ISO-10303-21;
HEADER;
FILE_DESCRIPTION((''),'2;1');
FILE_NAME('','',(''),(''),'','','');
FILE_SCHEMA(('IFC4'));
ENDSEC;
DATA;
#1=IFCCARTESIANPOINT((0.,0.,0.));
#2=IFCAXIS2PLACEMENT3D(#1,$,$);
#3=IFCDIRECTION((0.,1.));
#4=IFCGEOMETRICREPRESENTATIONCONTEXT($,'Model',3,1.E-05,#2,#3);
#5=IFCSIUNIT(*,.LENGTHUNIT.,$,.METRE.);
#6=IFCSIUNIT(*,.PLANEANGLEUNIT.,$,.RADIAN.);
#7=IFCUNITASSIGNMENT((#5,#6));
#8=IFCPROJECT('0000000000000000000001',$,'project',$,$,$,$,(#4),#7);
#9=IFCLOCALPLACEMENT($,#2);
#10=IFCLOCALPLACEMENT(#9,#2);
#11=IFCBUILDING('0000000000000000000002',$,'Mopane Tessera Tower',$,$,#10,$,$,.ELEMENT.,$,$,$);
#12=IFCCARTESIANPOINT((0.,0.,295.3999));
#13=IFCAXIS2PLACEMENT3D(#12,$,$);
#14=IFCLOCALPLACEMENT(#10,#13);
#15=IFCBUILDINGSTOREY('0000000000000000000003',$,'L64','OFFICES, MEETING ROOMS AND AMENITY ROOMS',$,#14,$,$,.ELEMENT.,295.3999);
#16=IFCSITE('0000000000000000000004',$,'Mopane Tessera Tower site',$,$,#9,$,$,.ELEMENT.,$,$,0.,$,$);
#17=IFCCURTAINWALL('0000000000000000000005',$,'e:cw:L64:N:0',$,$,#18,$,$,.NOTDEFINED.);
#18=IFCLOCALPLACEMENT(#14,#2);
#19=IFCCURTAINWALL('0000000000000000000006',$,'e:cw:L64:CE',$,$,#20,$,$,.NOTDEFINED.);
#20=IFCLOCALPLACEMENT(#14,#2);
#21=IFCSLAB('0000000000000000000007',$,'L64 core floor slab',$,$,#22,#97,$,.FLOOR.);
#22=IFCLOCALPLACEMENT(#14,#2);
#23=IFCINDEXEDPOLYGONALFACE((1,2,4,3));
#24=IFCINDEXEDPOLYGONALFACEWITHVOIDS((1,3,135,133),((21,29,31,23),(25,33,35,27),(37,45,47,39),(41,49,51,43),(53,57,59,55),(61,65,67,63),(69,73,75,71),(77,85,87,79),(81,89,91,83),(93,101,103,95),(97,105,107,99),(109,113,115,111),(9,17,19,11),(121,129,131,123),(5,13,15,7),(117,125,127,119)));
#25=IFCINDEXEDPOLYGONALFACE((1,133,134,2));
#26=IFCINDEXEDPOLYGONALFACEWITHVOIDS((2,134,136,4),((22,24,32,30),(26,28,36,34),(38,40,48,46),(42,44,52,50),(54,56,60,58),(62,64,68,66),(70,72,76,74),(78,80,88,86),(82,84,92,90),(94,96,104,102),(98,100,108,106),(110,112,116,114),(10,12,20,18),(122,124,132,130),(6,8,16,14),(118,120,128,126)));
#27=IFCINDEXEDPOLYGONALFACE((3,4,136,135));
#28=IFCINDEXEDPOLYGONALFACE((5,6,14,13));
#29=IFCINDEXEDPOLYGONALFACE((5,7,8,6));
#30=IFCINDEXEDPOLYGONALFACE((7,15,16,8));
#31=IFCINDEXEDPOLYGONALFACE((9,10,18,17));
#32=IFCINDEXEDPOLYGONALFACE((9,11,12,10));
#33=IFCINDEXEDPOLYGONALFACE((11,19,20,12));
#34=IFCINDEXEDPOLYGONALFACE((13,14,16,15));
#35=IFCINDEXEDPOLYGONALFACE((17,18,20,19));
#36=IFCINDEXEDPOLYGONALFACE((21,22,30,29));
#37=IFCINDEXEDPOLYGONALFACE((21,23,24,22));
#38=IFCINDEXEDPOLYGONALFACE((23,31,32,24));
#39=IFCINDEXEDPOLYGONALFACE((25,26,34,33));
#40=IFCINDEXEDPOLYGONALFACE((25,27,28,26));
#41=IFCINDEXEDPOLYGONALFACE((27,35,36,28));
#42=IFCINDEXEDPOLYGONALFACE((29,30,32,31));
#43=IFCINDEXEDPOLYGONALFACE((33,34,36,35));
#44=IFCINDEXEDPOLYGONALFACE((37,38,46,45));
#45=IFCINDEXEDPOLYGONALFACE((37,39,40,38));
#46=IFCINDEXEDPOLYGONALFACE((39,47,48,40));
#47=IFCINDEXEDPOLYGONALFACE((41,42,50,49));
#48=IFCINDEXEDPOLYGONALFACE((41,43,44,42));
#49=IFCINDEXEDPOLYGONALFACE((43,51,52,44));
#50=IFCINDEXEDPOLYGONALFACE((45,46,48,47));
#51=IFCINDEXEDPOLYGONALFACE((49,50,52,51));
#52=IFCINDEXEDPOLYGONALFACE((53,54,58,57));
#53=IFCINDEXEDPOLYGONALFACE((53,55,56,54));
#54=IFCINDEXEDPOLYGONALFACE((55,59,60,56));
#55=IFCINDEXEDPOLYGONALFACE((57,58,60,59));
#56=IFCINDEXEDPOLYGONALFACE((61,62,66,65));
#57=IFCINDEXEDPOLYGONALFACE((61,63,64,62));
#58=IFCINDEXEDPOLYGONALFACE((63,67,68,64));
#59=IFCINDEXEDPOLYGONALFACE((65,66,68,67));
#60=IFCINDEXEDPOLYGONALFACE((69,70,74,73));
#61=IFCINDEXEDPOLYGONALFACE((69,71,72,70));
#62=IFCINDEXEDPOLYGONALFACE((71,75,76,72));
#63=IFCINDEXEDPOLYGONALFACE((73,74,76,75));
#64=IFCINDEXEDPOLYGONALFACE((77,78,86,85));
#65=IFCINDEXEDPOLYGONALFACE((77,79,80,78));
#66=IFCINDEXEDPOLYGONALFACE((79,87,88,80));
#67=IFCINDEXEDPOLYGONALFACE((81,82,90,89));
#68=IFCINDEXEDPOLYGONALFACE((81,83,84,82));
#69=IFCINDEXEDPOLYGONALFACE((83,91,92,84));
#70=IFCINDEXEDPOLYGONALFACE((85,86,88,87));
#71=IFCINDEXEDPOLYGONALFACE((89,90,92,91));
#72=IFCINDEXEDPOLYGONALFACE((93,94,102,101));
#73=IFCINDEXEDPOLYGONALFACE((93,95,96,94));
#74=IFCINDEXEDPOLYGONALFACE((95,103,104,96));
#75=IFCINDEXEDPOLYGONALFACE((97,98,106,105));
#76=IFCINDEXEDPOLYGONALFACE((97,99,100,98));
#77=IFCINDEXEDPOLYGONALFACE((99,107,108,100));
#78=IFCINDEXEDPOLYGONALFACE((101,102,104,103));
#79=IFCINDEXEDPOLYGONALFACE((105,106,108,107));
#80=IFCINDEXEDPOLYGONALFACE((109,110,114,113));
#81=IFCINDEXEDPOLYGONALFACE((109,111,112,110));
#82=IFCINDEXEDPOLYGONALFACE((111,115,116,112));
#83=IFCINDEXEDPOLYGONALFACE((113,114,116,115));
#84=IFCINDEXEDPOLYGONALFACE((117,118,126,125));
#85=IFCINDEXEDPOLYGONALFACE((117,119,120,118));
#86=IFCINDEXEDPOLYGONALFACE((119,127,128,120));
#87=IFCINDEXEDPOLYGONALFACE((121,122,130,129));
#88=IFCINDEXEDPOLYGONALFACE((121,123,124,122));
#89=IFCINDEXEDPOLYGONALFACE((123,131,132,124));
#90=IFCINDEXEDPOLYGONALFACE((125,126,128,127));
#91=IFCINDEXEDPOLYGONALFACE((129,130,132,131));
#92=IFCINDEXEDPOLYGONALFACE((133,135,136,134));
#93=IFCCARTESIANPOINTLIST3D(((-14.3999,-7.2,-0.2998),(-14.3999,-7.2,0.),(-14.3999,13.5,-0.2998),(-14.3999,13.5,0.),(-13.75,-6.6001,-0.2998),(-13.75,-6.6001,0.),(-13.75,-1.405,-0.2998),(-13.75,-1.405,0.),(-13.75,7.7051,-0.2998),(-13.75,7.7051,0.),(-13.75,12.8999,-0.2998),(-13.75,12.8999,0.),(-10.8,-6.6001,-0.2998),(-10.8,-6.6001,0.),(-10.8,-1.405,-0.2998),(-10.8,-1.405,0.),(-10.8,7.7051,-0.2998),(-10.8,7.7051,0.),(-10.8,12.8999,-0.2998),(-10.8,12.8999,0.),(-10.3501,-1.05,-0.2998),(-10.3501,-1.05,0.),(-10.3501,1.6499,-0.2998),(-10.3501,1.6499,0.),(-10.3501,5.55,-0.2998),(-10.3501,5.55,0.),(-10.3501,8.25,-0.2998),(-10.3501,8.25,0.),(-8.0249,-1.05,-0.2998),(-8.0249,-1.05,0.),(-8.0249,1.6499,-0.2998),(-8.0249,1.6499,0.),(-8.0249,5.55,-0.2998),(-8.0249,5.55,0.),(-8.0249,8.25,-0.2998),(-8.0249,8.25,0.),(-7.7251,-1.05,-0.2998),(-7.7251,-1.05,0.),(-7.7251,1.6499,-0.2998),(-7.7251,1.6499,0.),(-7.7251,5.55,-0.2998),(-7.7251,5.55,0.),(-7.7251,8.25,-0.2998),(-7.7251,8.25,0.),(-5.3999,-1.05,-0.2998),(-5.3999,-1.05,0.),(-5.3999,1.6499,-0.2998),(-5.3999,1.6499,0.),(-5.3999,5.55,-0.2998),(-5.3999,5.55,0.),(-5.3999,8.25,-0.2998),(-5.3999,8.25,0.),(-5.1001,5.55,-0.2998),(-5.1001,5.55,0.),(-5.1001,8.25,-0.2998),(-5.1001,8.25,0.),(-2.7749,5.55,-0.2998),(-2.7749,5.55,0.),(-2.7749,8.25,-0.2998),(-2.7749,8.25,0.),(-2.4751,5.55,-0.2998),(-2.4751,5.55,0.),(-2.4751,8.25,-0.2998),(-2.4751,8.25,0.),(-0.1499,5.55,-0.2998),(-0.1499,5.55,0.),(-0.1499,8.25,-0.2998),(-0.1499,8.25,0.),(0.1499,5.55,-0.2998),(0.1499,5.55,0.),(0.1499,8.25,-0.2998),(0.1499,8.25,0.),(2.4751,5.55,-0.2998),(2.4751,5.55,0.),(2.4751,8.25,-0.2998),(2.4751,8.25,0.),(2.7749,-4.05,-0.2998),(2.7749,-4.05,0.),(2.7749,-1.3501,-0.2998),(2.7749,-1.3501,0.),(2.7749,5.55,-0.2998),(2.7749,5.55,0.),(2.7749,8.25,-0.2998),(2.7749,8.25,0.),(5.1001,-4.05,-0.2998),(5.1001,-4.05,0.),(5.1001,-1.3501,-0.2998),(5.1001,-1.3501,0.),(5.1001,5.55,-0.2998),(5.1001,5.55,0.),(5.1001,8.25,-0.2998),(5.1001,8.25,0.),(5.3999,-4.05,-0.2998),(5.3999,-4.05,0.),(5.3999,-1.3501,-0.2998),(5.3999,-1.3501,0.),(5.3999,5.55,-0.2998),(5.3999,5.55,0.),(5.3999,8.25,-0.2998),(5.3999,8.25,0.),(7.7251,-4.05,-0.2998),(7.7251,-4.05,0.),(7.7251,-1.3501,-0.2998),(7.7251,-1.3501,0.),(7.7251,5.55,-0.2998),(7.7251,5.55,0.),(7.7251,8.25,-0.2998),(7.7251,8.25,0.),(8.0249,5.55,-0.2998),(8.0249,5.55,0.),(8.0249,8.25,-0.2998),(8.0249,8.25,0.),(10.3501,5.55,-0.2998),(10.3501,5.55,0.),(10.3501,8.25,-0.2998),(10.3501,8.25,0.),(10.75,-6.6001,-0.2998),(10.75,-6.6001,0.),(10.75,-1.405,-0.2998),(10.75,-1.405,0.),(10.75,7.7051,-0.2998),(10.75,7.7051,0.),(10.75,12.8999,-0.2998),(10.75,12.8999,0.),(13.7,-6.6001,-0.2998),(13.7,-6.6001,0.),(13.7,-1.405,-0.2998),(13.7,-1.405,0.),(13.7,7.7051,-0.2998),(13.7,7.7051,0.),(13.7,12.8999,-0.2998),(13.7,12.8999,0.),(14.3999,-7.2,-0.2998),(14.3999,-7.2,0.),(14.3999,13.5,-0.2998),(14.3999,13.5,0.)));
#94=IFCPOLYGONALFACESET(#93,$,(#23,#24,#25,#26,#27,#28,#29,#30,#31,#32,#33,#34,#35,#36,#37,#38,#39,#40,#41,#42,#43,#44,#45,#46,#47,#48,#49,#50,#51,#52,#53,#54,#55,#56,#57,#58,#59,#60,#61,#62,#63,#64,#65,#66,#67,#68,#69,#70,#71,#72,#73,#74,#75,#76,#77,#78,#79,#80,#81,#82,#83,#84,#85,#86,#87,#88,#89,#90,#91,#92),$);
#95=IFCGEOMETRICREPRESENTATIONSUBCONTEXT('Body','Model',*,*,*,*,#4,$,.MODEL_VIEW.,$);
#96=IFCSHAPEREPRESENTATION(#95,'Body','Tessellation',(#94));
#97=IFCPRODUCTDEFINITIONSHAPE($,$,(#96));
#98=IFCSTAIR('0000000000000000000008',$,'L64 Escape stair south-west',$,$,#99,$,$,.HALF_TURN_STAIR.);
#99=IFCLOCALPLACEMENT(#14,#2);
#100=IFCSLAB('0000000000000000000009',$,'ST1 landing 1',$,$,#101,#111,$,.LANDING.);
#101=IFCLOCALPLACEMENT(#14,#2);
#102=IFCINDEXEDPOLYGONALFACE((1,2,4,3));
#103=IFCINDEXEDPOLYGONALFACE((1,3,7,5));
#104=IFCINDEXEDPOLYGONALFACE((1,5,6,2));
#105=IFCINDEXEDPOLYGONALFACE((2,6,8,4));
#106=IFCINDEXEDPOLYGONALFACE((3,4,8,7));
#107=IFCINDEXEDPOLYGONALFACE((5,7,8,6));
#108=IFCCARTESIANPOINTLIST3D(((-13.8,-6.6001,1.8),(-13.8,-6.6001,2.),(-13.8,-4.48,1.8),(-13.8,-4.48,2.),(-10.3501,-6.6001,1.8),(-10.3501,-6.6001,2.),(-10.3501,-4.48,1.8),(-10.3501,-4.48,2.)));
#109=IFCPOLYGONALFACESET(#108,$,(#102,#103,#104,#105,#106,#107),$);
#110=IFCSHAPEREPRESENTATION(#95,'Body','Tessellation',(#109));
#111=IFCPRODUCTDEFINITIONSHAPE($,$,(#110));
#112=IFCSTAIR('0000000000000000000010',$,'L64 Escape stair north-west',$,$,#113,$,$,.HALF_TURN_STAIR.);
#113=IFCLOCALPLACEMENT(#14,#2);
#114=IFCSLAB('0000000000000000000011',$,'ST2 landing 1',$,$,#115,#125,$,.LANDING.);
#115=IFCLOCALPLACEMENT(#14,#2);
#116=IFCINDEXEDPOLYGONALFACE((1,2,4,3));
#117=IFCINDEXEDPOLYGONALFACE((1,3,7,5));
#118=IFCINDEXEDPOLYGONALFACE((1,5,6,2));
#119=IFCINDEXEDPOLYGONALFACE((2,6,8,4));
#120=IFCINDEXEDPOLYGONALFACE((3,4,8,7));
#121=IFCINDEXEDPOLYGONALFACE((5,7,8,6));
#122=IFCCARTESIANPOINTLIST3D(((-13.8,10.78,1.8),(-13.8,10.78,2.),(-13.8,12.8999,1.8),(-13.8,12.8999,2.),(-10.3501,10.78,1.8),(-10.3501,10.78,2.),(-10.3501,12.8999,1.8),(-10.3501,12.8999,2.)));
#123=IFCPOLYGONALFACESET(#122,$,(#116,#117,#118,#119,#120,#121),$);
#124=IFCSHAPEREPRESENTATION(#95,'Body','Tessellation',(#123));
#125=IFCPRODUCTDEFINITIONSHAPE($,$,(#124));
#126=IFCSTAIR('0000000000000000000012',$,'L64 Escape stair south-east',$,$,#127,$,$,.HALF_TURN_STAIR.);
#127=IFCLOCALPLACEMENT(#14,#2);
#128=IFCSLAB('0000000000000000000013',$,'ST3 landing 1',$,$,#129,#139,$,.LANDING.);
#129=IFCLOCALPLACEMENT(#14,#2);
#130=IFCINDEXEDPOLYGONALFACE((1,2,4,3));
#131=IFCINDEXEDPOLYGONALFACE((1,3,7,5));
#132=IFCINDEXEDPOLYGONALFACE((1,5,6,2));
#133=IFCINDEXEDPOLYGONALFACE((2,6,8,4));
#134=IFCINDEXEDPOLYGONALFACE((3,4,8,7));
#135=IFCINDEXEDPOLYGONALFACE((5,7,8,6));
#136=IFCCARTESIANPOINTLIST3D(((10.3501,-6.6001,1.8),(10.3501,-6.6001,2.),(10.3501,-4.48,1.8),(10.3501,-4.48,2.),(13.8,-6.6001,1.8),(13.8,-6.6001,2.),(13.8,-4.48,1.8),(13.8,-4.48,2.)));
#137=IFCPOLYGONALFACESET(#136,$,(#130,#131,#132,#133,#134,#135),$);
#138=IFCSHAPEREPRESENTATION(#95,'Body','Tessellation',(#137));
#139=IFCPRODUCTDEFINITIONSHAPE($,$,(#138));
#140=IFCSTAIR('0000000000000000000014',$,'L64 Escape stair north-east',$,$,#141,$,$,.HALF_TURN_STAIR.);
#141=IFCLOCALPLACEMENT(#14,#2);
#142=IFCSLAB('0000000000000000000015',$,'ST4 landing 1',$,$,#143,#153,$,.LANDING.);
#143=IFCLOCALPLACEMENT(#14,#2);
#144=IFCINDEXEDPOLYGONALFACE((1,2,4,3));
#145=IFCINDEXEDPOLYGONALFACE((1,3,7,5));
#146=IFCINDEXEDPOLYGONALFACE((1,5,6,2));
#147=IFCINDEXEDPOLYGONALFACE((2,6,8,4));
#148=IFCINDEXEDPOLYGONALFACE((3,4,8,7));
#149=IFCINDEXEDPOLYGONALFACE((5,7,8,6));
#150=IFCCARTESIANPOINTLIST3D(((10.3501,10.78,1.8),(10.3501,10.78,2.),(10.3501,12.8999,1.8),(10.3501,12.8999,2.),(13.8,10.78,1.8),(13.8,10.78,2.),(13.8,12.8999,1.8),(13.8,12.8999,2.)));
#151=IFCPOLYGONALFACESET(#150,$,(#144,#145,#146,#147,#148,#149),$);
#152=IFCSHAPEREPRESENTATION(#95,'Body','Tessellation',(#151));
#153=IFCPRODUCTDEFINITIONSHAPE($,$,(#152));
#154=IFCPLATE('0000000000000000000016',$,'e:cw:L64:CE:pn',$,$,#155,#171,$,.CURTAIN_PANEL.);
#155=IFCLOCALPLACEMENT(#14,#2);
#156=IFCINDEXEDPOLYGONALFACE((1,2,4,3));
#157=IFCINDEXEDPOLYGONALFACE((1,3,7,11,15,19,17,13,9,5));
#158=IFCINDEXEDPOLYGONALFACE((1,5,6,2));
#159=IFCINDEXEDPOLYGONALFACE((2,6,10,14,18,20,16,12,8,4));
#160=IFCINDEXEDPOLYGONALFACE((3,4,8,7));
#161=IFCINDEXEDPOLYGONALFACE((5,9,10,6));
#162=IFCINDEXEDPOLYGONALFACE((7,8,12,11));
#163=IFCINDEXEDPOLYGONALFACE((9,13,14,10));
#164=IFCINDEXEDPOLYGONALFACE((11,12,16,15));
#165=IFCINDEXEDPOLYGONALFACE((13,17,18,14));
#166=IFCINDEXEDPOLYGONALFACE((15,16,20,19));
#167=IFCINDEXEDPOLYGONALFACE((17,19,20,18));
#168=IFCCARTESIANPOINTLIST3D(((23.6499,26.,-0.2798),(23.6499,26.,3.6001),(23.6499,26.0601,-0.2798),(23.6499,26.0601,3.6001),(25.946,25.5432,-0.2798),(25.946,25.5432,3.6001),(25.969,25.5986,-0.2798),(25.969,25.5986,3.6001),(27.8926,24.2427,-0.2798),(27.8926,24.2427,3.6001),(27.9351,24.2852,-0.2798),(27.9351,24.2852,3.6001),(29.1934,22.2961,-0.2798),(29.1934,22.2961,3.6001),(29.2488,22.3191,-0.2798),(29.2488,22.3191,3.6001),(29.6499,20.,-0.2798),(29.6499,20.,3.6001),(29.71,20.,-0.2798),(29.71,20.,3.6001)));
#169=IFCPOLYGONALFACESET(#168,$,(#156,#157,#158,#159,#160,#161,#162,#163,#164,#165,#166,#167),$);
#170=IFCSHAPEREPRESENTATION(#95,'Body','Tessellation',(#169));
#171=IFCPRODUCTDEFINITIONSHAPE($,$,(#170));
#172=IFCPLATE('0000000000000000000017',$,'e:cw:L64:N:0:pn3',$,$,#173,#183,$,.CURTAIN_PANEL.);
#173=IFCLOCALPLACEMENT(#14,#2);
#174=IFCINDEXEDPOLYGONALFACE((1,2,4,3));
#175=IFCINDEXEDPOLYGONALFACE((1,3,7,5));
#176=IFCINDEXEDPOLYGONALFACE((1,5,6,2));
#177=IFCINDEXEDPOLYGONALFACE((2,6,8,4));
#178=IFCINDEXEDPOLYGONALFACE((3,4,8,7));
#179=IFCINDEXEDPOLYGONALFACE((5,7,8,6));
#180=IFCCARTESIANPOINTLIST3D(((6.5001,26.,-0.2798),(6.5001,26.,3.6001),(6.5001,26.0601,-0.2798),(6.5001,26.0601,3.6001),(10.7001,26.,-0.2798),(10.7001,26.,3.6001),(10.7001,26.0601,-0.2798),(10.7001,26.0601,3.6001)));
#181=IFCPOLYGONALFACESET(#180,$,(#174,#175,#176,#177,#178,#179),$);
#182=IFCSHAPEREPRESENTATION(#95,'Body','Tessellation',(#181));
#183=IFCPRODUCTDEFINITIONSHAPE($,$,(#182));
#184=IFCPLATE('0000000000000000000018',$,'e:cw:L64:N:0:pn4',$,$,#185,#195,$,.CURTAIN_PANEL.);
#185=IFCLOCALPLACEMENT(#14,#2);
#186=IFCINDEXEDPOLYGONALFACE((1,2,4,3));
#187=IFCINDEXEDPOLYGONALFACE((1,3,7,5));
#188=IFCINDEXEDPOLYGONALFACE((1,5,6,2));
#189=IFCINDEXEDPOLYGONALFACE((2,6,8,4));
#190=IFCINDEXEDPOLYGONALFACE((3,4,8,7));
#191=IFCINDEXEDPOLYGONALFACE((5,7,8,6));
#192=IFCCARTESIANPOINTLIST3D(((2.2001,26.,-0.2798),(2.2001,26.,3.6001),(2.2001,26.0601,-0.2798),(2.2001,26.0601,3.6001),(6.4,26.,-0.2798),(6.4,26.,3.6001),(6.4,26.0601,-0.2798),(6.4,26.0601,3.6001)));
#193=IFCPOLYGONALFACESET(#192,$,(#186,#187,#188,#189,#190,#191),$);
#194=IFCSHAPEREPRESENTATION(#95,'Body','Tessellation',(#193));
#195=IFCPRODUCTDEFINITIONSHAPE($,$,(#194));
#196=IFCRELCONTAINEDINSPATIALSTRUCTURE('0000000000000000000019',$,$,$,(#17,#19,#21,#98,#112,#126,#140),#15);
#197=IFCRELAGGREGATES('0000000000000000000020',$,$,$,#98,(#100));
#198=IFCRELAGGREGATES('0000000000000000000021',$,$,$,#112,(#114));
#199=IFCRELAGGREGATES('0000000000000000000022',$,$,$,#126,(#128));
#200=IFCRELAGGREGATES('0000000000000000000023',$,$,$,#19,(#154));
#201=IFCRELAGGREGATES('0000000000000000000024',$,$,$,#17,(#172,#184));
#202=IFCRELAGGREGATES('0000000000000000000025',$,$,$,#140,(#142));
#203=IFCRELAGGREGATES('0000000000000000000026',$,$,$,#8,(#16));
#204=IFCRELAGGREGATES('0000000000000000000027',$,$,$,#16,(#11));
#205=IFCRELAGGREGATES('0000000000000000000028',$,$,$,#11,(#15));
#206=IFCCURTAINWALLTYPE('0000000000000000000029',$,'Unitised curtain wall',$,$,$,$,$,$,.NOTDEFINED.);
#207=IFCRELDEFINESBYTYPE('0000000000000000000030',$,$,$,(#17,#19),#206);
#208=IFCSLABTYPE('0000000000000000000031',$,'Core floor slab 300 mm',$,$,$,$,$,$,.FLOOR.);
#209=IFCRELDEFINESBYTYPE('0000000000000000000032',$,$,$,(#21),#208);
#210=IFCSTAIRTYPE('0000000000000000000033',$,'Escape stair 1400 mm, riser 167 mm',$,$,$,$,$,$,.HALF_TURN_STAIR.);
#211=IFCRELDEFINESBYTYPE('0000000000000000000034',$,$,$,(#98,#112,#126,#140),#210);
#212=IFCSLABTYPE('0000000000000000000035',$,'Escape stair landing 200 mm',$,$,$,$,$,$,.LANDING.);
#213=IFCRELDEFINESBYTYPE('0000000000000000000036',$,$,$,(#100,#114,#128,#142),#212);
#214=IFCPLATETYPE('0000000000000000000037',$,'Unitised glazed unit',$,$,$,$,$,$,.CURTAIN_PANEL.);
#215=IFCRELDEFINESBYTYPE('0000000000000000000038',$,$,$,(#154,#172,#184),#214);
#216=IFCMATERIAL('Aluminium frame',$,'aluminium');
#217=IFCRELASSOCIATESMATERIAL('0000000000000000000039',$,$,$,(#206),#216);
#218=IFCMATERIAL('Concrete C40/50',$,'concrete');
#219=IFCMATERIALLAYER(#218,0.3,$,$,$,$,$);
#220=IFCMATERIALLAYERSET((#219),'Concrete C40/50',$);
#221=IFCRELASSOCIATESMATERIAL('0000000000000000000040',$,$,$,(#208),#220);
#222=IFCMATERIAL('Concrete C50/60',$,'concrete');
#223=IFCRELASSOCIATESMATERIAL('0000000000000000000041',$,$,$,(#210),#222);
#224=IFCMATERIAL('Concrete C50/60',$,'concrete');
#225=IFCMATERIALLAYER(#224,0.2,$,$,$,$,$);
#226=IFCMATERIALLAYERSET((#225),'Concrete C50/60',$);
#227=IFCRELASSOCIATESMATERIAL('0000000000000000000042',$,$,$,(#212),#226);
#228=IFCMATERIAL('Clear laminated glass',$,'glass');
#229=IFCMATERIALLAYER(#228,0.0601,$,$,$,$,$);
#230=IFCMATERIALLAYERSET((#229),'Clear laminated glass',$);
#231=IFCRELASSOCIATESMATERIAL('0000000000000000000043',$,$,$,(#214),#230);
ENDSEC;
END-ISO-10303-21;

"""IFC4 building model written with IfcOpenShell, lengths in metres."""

from ifc_helpers import new_model, si_unit, direction, frame, origin, origin_2d, place, context, subcontext, project, spatial, polyline, rectangle, outline, extrude, material, layer, layer_set, type_object, element, aggregate, save


model = new_model("IFC4")

# Units and contexts
model_context = context("Model", 3, precision=1e-05, world=origin(), true_north=direction((0.0, 1.0)))
body_context = subcontext(model_context, "Body", "Model", "MODEL_VIEW")
ifc_project = project(units=[si_unit("LENGTHUNIT", "METRE"), si_unit("PLANEANGLEUNIT", "RADIAN")], contexts=[model_context])

# Site, building, storey
site_placement = place(None, origin())
site = spatial("IfcSite", under=ifc_project, at=site_placement, Name="Mopane Tessera Tower site", CompositionType="ELEMENT", RefElevation=0.0)
building_placement = place(site_placement, origin())
building = spatial("IfcBuilding", under=site, at=building_placement, Name="Mopane Tessera Tower", CompositionType="ELEMENT")
storey_placement = place(building_placement, frame((0.0, 0.0, 295.3999)))
storey = spatial("IfcBuildingStorey", under=building, at=storey_placement, Name="L64", Description="OFFICES, MEETING ROOMS AND AMENITY ROOMS", CompositionType="ELEMENT", Elevation=295.3999)

# Curtain wall
ifc_material_1 = material(Name="Aluminium frame", Category="aluminium")
curtain_wall_type = type_object("IfcCurtainWallType", Name="Unitised curtain wall", PredefinedType="NOTDEFINED", material=ifc_material_1)
curtain_wall_1_placement = place(storey_placement, origin())
curtain_wall_1 = element("IfcCurtainWall", 1, at=curtain_wall_1_placement, inside=storey, type_object=curtain_wall_type, Name="e:cw:L64:N:0", PredefinedType="NOTDEFINED")

# Curtain wall
curtain_wall_2_placement = place(storey_placement, origin())
curtain_wall_2 = element("IfcCurtainWall", 2, at=curtain_wall_2_placement, inside=storey, type_object=curtain_wall_type, Name="e:cw:L64:CE", PredefinedType="NOTDEFINED")

# Slab
ifc_material_2 = material(Name="Concrete C40/50", Category="concrete")
ifc_layer_1 = layer(ifc_material_2, 0.3)
ifc_layer_set_1 = layer_set([ifc_layer_1], Name="Concrete C40/50")
slab_type_1 = type_object("IfcSlabType", Name="Core floor slab 300 mm", PredefinedType="FLOOR", material=ifc_layer_set_1)
slab_1_placement = place(storey_placement, frame((0.0, 0.0, -0.2998)))
element("IfcSlab", 3, at=slab_1_placement, inside=storey, type_object=slab_type_1, Name="L64 core floor slab", PredefinedType="FLOOR", context=body_context, shape_type="SweptSolid", body=[
    extrude(outline(polyline([(-14.3999, -7.2), (14.3999, -7.2), (14.3999, 13.5), (-14.3999, 13.5), (-14.3999, -7.2)]), holes=[polyline([(-10.3501, -1.05), (-8.0249, -1.05), (-8.0249, 1.6499), (-10.3501, 1.6499), (-10.3501, -1.05)]), polyline([(-7.7251, -1.05), (-5.3999, -1.05), (-5.3999, 1.6499), (-7.7251, 1.6499), (-7.7251, -1.05)]), polyline([(-10.3501, 5.55), (-8.0249, 5.55), (-8.0249, 8.25), (-10.3501, 8.25), (-10.3501, 5.55)]), polyline([(-7.7251, 5.55), (-5.3999, 5.55), (-5.3999, 8.25), (-7.7251, 8.25), (-7.7251, 5.55)]), polyline([(-5.1001, 5.55), (-2.7749, 5.55), (-2.7749, 8.25), (-5.1001, 8.25), (-5.1001, 5.55)]), polyline([(-2.4751, 5.55), (-0.1499, 5.55), (-0.1499, 8.25), (-2.4751, 8.25), (-2.4751, 5.55)]), polyline([(0.1499, 5.55), (2.4751, 5.55), (2.4751, 8.25), (0.1499, 8.25), (0.1499, 5.55)]), polyline([(2.7749, 5.55), (5.1001, 5.55), (5.1001, 8.25), (2.7749, 8.25), (2.7749, 5.55)]), polyline([(5.3999, 5.55), (7.7251, 5.55), (7.7251, 8.25), (5.3999, 8.25), (5.3999, 5.55)]), polyline([(8.0249, 5.55), (10.3501, 5.55), (10.3501, 8.25), (8.0249, 8.25), (8.0249, 5.55)]), polyline([(2.7749, -4.05), (5.1001, -4.05), (5.1001, -1.3501), (2.7749, -1.3501), (2.7749, -4.05)]), polyline([(5.3999, -4.05), (7.7251, -4.05), (7.7251, -1.3501), (5.3999, -1.3501), (5.3999, -4.05)]), polyline([(-13.75, -1.405), (-13.75, -6.6001), (-10.8, -6.6001), (-10.8, -1.405), (-13.75, -1.405)]), polyline([(-10.8, 7.7051), (-10.8, 12.8999), (-13.75, 12.8999), (-13.75, 7.7051), (-10.8, 7.7051)]), polyline([(10.75, -1.405), (10.75, -6.6001), (13.7, -6.6001), (13.7, -1.405), (10.75, -1.405)]), polyline([(13.7, 7.7051), (13.7, 12.8999), (10.75, 12.8999), (10.75, 7.7051), (13.7, 7.7051)])]), origin(), (0.0, 0.0, 1.0), 0.2998),
])

# Stairs, slabs
ifc_material_3 = material(Name="Concrete C50/60", Category="concrete")
stair_type = type_object("IfcStairType", Name="Escape stair 1400 mm, riser 167 mm", PredefinedType="HALF_TURN_STAIR", material=ifc_material_3)
stair_1_placement = place(storey_placement, origin())
stair_1 = element("IfcStair", 4, at=stair_1_placement, inside=storey, type_object=stair_type, Name="L64 Escape stair south-west", PredefinedType="HALF_TURN_STAIR")
ifc_material_4 = material(Name="Concrete C50/60", Category="concrete")
ifc_layer_2 = layer(ifc_material_4, 0.2)
ifc_layer_set_2 = layer_set([ifc_layer_2], Name="Concrete C50/60")
slab_type_2 = type_object("IfcSlabType", Name="Escape stair landing 200 mm", PredefinedType="LANDING", material=ifc_layer_set_2)
slab_2_placement = place(storey_placement, frame((0.0, 0.0, 1.8)))
slab_2 = element("IfcSlab", 5, at=slab_2_placement, type_object=slab_type_2, Name="ST1 landing 1", PredefinedType="LANDING", context=body_context, shape_type="SweptSolid", body=[
    extrude(outline(polyline([(-13.8, -4.48), (-13.8, -6.6001), (-10.3501, -6.6001), (-10.3501, -4.48), (-13.8, -4.48)])), origin(), (0.0, 0.0, 1.0), 0.2),
])
aggregate(stair_1, [slab_2])
stair_2_placement = place(storey_placement, origin())
stair_2 = element("IfcStair", 6, at=stair_2_placement, inside=storey, type_object=stair_type, Name="L64 Escape stair north-west", PredefinedType="HALF_TURN_STAIR")
slab_3_placement = place(storey_placement, frame((0.0, 0.0, 1.8)))
slab_3 = element("IfcSlab", 7, at=slab_3_placement, type_object=slab_type_2, Name="ST2 landing 1", PredefinedType="LANDING", context=body_context, shape_type="SweptSolid", body=[
    extrude(outline(polyline([(-10.3501, 10.78), (-10.3501, 12.8999), (-13.8, 12.8999), (-13.8, 10.78), (-10.3501, 10.78)])), origin(), (0.0, 0.0, 1.0), 0.2),
])
aggregate(stair_2, [slab_3])
stair_3_placement = place(storey_placement, origin())
stair_3 = element("IfcStair", 8, at=stair_3_placement, inside=storey, type_object=stair_type, Name="L64 Escape stair south-east", PredefinedType="HALF_TURN_STAIR")
slab_4_placement = place(storey_placement, frame((0.0, 0.0, 1.8)))
slab_4 = element("IfcSlab", 9, at=slab_4_placement, type_object=slab_type_2, Name="ST3 landing 1", PredefinedType="LANDING", context=body_context, shape_type="SweptSolid", body=[
    extrude(outline(polyline([(10.3501, -4.48), (10.3501, -6.6001), (13.8, -6.6001), (13.8, -4.48), (10.3501, -4.48)])), origin(), (0.0, 0.0, 1.0), 0.2),
])
aggregate(stair_3, [slab_4])
stair_4_placement = place(storey_placement, origin())
stair_4 = element("IfcStair", 10, at=stair_4_placement, inside=storey, type_object=stair_type, Name="L64 Escape stair north-east", PredefinedType="HALF_TURN_STAIR")
slab_5_placement = place(storey_placement, frame((0.0, 0.0, 1.8)))
slab_5 = element("IfcSlab", 11, at=slab_5_placement, type_object=slab_type_2, Name="ST4 landing 1", PredefinedType="LANDING", context=body_context, shape_type="SweptSolid", body=[
    extrude(outline(polyline([(13.8, 10.78), (13.8, 12.8999), (10.3501, 12.8999), (10.3501, 10.78), (13.8, 10.78)])), origin(), (0.0, 0.0, 1.0), 0.2),
])

# Plates
ifc_material_5 = material(Name="Clear laminated glass", Category="glass")
ifc_layer_3 = layer(ifc_material_5, 0.0601)
ifc_layer_set_3 = layer_set([ifc_layer_3], Name="Clear laminated glass")
plate_type = type_object("IfcPlateType", Name="Unitised glazed unit", PredefinedType="CURTAIN_PANEL", material=ifc_layer_set_3)
plate_1_placement = place(storey_placement, frame((0.0, 0.0, -0.2798)))
plate_1 = element("IfcPlate", 12, at=plate_1_placement, type_object=plate_type, Name="e:cw:L64:CE:pn", PredefinedType="CURTAIN_PANEL", context=body_context, shape_type="SweptSolid", body=[
    extrude(outline(polyline([(29.6499, 20.0), (29.1934, 22.2961), (27.8926, 24.2427), (25.946, 25.5432), (23.6499, 26.0), (23.6499, 26.0601), (25.969, 25.5986), (27.9351, 24.2852), (29.2488, 22.3191), (29.71, 20.0), (29.6499, 20.0)])), origin(), (0.0, 0.0, 1.0), 3.8799),
])
aggregate(curtain_wall_2, [plate_1])
plate_2_placement = place(storey_placement, frame((8.6001, 26.03, -0.2798), z_axis=(0.0, 0.0, 1.0), x_axis=(-1.0, 0.0, 0.0)))
plate_2 = element("IfcPlate", 13, at=plate_2_placement, type_object=plate_type, Name="e:cw:L64:N:0:pn3", PredefinedType="CURTAIN_PANEL", context=body_context, shape_type="SweptSolid", body=[
    extrude(rectangle(XDim=4.2, YDim=0.0601, at=origin_2d()), origin(), (0.0, 0.0, 1.0), 3.8799),
])
plate_3_placement = place(storey_placement, frame((4.3, 26.03, -0.2798), z_axis=(0.0, 0.0, 1.0), x_axis=(-1.0, 0.0, 0.0)))
plate_3 = element("IfcPlate", 14, at=plate_3_placement, type_object=plate_type, Name="e:cw:L64:N:0:pn4", PredefinedType="CURTAIN_PANEL", context=body_context, shape_type="SweptSolid", body=[
    extrude(rectangle(XDim=4.2, YDim=0.0601, at=origin_2d()), origin(), (0.0, 0.0, 1.0), 3.8799),
])
aggregate(curtain_wall_1, [plate_2, plate_3])

aggregate(stair_4, [slab_5])

save(model, "model.ifc")
